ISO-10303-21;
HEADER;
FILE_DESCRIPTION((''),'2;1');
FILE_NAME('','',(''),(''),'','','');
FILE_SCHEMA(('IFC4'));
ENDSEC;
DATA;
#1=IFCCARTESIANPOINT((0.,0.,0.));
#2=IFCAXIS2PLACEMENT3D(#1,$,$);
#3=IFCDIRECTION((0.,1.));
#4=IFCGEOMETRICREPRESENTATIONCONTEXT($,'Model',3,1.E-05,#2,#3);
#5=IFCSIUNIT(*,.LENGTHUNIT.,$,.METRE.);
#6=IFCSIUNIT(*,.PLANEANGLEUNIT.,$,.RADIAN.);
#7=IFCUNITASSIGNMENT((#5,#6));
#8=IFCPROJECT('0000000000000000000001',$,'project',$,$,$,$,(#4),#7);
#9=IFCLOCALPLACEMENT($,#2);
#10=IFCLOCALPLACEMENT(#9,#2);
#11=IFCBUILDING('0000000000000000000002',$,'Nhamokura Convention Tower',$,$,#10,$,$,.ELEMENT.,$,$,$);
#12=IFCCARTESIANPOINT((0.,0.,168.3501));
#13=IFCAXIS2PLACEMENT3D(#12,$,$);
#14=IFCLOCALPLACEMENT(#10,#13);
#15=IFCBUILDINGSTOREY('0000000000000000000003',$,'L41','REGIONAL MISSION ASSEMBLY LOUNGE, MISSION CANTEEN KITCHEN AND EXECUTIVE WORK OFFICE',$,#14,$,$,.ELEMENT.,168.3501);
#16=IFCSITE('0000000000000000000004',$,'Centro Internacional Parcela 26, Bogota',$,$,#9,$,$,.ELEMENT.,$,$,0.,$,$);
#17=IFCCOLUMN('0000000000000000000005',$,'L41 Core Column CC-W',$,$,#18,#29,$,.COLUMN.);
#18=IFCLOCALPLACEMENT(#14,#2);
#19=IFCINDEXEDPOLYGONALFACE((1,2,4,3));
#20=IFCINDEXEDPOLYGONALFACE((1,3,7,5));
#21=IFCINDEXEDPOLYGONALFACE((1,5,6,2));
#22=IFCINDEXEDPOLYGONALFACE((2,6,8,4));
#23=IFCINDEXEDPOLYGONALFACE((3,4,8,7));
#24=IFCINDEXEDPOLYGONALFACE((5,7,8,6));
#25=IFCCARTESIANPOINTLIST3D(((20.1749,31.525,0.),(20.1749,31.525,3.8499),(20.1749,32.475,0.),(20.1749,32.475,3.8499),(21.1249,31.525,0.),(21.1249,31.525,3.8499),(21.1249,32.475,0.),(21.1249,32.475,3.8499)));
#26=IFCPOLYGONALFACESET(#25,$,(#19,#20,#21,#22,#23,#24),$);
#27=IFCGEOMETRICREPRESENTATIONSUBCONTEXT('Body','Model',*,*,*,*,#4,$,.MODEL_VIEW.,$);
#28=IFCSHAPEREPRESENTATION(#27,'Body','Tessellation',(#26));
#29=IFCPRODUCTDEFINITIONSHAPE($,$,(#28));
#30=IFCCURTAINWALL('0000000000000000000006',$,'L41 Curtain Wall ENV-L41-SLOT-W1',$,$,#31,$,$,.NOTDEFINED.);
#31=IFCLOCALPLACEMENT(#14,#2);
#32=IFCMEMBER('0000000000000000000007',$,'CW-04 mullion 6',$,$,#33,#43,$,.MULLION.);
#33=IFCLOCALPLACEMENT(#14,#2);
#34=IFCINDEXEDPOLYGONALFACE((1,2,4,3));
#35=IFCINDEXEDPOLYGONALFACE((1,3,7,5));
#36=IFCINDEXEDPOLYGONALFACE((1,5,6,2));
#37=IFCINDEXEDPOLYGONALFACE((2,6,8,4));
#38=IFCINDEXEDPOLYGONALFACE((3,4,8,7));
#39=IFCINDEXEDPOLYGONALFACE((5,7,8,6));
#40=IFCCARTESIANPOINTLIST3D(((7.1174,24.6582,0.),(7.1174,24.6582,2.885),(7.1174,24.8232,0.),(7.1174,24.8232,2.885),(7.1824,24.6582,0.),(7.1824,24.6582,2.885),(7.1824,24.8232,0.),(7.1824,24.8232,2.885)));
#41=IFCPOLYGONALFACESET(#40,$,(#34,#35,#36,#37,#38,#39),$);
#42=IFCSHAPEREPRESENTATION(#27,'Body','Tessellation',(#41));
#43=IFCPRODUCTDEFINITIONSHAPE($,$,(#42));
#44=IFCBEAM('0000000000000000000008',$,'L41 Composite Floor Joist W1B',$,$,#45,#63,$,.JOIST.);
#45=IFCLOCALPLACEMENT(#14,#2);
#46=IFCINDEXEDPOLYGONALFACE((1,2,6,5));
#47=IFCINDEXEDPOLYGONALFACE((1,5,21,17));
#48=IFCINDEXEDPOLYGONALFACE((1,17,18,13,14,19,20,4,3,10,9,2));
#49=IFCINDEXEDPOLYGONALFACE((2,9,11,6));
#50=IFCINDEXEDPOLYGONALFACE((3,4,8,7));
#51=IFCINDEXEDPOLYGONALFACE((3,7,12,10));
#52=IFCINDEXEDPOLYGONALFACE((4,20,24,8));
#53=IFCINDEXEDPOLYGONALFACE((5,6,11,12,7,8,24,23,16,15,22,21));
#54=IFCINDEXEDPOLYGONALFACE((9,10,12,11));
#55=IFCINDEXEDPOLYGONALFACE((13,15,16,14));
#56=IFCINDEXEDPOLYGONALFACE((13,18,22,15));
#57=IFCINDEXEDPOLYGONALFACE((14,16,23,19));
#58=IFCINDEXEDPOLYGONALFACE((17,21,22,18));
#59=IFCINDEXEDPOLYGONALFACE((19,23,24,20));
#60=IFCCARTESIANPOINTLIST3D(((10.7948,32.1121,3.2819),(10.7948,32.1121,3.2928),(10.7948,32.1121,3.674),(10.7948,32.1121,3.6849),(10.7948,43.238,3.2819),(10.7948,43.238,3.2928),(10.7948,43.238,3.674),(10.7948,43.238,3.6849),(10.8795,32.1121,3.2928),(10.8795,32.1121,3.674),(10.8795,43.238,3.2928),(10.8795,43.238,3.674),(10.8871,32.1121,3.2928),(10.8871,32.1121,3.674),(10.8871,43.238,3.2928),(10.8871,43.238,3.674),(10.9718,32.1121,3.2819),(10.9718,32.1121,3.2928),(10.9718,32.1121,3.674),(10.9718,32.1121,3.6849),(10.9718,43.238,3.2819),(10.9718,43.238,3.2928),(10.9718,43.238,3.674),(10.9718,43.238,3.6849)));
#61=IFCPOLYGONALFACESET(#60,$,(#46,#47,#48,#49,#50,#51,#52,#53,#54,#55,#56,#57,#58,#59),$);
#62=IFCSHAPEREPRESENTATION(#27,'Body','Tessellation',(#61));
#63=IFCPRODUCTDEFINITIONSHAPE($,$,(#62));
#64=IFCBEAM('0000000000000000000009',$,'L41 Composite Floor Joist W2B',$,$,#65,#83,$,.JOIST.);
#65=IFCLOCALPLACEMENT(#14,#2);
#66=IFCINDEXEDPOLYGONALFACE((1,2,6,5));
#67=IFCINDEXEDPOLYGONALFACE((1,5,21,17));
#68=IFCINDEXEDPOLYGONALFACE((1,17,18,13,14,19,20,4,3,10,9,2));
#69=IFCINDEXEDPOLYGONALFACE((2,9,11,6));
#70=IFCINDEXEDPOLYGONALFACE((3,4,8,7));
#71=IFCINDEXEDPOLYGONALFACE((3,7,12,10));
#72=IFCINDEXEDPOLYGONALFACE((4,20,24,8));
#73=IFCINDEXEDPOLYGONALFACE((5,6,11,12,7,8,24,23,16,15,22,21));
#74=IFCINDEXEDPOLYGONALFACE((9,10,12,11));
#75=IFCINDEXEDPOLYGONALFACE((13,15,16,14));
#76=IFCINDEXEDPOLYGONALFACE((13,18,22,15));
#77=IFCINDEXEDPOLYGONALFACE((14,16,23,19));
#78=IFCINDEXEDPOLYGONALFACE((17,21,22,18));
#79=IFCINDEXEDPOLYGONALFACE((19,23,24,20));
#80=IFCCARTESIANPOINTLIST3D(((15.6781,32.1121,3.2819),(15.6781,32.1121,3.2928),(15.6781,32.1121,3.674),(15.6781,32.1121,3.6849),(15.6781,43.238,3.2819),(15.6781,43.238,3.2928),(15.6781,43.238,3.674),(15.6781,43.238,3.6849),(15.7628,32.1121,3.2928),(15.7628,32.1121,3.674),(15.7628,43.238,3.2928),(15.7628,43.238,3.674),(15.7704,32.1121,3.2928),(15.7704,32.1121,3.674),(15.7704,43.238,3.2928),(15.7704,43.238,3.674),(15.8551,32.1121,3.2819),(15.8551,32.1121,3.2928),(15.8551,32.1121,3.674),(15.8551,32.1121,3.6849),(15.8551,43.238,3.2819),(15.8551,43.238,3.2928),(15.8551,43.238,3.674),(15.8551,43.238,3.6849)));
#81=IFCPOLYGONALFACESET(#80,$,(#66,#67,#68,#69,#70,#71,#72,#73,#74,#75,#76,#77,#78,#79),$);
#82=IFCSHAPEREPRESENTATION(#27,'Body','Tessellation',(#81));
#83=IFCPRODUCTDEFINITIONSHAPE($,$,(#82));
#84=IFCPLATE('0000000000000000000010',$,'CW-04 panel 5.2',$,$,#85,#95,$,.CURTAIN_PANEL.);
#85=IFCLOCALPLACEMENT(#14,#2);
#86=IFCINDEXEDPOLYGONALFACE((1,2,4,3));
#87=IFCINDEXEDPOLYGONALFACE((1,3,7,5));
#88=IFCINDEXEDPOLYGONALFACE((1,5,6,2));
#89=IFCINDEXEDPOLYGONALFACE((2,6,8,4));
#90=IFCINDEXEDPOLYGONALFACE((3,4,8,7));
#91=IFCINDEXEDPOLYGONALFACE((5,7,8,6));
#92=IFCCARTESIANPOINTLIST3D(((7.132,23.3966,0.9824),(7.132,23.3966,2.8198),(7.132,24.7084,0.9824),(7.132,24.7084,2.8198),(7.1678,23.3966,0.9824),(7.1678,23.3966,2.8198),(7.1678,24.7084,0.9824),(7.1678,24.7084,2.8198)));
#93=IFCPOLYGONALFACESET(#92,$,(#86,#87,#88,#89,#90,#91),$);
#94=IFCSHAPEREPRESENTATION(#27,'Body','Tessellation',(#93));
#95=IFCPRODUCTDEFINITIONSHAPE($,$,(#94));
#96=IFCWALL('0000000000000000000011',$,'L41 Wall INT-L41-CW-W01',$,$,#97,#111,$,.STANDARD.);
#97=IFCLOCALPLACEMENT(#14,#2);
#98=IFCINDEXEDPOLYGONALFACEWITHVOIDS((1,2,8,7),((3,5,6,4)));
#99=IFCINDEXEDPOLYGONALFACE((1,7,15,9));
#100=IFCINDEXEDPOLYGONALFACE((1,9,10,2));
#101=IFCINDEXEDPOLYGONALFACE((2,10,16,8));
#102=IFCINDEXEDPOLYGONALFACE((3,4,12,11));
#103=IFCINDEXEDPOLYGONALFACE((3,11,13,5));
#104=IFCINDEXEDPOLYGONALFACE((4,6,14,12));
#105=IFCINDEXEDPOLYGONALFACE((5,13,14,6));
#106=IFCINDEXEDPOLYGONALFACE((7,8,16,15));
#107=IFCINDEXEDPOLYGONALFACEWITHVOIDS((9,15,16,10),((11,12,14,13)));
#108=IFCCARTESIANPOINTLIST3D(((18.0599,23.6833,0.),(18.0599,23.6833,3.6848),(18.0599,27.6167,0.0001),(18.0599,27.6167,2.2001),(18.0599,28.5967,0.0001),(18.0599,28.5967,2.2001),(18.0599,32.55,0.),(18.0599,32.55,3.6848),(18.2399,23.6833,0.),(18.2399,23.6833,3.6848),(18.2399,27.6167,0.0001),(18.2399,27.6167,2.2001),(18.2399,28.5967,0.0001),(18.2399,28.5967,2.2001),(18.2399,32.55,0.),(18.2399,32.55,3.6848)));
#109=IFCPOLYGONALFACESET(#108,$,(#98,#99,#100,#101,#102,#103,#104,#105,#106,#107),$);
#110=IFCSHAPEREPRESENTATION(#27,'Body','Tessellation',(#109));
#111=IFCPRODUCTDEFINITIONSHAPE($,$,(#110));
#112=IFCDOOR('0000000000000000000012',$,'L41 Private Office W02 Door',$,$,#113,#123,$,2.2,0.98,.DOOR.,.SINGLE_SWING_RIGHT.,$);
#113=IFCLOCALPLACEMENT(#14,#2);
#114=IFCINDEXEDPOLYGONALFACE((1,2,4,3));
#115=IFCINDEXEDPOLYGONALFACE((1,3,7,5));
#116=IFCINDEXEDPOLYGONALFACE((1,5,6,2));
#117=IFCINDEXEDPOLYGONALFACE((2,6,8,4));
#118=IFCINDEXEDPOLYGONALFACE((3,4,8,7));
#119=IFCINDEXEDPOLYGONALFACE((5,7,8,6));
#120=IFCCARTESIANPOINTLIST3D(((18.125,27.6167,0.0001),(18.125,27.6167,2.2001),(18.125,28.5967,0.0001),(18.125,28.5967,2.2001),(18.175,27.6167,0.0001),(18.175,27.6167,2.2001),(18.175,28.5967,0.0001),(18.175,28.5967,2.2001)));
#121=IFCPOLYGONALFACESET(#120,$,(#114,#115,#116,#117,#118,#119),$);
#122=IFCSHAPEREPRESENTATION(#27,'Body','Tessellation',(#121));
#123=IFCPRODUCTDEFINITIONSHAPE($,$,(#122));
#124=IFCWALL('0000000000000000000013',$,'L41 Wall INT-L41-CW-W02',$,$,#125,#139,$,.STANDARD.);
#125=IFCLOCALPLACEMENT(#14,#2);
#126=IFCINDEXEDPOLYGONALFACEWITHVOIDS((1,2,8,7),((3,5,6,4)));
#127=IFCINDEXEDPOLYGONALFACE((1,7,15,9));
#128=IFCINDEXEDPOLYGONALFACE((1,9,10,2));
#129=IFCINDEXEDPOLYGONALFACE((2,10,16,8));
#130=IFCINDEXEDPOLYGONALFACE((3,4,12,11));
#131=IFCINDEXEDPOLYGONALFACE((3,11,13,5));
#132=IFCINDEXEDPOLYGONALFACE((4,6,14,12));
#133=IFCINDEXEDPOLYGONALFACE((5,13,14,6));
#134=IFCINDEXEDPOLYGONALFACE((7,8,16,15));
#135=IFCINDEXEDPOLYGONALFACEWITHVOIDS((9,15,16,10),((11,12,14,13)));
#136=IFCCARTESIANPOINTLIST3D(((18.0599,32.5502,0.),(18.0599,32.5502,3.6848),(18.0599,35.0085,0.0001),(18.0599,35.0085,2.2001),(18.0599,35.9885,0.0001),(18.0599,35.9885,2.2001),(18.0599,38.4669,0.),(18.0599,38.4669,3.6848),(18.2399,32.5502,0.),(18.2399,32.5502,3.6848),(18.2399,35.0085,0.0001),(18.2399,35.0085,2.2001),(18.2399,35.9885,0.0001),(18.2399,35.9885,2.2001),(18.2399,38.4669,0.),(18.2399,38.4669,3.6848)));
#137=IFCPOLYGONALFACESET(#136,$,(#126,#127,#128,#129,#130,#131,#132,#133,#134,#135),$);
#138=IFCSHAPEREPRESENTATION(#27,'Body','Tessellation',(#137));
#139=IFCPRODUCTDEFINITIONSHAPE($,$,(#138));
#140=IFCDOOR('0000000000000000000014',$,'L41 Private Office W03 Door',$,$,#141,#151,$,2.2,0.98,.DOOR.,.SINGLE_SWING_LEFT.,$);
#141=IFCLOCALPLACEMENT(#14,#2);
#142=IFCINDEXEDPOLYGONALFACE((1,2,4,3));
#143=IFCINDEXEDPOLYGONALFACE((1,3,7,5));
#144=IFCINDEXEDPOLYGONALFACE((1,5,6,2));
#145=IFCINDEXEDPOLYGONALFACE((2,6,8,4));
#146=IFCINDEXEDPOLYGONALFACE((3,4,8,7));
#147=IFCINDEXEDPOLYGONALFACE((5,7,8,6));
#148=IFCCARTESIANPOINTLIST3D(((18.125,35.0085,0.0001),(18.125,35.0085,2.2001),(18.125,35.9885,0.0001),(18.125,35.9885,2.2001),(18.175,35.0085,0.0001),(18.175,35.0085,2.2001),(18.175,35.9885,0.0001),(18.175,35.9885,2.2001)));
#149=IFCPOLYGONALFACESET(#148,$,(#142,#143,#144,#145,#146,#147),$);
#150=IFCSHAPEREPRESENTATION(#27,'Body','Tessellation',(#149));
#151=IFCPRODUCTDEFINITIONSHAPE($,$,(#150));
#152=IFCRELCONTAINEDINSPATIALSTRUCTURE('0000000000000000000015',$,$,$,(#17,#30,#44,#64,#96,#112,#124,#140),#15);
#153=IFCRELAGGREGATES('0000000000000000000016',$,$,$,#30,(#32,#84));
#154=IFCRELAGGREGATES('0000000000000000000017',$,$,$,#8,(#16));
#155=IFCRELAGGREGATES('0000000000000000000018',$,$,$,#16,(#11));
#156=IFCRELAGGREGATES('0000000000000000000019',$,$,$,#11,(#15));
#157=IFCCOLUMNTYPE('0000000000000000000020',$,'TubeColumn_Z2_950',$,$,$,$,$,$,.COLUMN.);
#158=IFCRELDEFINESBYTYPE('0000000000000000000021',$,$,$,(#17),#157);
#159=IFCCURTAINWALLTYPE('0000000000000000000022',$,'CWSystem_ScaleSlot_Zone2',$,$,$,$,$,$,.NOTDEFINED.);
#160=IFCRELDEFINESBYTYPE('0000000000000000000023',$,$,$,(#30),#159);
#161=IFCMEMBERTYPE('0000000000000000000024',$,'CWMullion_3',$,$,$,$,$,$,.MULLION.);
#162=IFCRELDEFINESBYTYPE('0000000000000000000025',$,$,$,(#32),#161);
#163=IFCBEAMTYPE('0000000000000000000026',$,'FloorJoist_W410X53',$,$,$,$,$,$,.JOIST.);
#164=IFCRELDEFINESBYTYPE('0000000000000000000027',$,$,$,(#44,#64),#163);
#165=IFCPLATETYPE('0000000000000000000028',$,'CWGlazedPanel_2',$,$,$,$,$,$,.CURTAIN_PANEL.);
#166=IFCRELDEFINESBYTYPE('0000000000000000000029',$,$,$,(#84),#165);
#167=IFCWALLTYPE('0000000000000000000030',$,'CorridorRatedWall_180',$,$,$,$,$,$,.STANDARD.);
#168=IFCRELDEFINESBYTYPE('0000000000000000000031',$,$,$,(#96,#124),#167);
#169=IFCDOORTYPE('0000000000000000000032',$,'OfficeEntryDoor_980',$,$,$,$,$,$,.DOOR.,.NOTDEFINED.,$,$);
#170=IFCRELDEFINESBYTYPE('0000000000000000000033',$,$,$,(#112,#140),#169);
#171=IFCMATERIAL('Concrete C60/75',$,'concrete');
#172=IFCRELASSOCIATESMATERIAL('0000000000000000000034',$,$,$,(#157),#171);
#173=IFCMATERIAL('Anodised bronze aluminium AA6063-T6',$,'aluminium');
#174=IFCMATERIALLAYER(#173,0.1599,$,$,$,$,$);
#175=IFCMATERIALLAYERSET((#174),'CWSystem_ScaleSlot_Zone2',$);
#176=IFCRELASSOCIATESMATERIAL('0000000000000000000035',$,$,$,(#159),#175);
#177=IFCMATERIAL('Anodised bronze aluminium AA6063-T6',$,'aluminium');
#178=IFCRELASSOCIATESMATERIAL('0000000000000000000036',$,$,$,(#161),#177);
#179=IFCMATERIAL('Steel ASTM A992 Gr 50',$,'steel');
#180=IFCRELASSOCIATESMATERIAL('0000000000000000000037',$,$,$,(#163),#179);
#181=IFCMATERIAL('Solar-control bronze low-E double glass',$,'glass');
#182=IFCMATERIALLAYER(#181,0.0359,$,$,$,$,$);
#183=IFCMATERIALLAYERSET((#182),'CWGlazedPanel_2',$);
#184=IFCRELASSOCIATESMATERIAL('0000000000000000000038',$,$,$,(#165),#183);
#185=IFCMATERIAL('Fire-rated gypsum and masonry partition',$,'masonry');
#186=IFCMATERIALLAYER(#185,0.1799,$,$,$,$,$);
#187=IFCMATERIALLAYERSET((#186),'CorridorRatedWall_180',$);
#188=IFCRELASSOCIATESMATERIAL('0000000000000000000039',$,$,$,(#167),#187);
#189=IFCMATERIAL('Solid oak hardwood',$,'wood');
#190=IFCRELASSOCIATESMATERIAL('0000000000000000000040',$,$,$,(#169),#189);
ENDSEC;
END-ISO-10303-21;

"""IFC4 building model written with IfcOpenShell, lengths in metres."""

from ifc_helpers import new_model, si_unit, direction, frame, frame_2d, origin, origin_2d, place, context, subcontext, project, spatial, rectangle, i_section, extrude, material, layer, layer_set, material_profile, profile_set, type_object, element, fill, aggregate, save


model = new_model("IFC4")

# Units and contexts
model_context = context("Model", 3, precision=1e-05, world=origin(), true_north=direction((0.0, 1.0)))
body_context = subcontext(model_context, "Body", "Model", "MODEL_VIEW")
ifc_project = project(units=[si_unit("LENGTHUNIT", "METRE"), si_unit("PLANEANGLEUNIT", "RADIAN")], contexts=[model_context])

# Site, building, storey
site_placement = place(None, origin())
site = spatial("IfcSite", under=ifc_project, at=site_placement, Name="Centro Internacional Parcela 26, Bogota", CompositionType="ELEMENT", RefElevation=0.0)
building_placement = place(site_placement, origin())
building = spatial("IfcBuilding", under=site, at=building_placement, Name="Nhamokura Convention Tower", CompositionType="ELEMENT")
storey_placement = place(building_placement, frame((0.0, 0.0, 168.3501)))
storey = spatial("IfcBuildingStorey", under=building, at=storey_placement, Name="L41", Description="REGIONAL MISSION ASSEMBLY LOUNGE, MISSION CANTEEN KITCHEN AND EXECUTIVE WORK OFFICE", CompositionType="ELEMENT", Elevation=168.3501)

# Column
ifc_material_1 = material(Name="Concrete C60/75", Category="concrete")
ifc_material_profile_1 = material_profile(ifc_material_1, rectangle(XDim=0.95, YDim=0.95, at=origin_2d()))
ifc_profile_set_1 = profile_set([ifc_material_profile_1], Name="Concrete C60/75")
column_type = type_object("IfcColumnType", Name="TubeColumn_Z2_950", PredefinedType="COLUMN", material=ifc_profile_set_1)
column_placement = place(storey_placement, frame((20.6499, 32.0, 0.0), z_axis=(0.0, 0.0, 1.0), x_axis=(1.0, 0.0, 0.0)))
element("IfcColumn", 1, at=column_placement, inside=storey, type_object=column_type, Name="L41 Core Column CC-W", PredefinedType="COLUMN", context=body_context, shape_type="SweptSolid", body=[
    extrude(rectangle(XDim=0.95, YDim=0.95, at=origin_2d()), origin(), (0.0, 0.0, 1.0), 3.8499),
])

# Curtain wall, member
ifc_material_2 = material(Name="Anodised bronze aluminium AA6063-T6", Category="aluminium")
ifc_layer_1 = layer(ifc_material_2, 0.1599)
ifc_layer_set_1 = layer_set([ifc_layer_1], Name="CWSystem_ScaleSlot_Zone2")
curtain_wall_type = type_object("IfcCurtainWallType", Name="CWSystem_ScaleSlot_Zone2", PredefinedType="NOTDEFINED", material=ifc_layer_set_1)
curtain_wall_placement = place(storey_placement, origin())
curtain_wall = element("IfcCurtainWall", 2, at=curtain_wall_placement, inside=storey, type_object=curtain_wall_type, Name="L41 Curtain Wall ENV-L41-SLOT-W1", PredefinedType="NOTDEFINED")
ifc_material_3 = material(Name="Anodised bronze aluminium AA6063-T6", Category="aluminium")
ifc_material_profile_2 = material_profile(ifc_material_3, rectangle(XDim=0.0649, YDim=0.165, at=origin_2d()))
ifc_profile_set_2 = profile_set([ifc_material_profile_2], Name="Anodised bronze aluminium AA6063-T6")
member_type = type_object("IfcMemberType", Name="CWMullion_3", PredefinedType="MULLION", material=ifc_profile_set_2)
member_placement = place(storey_placement, frame((7.1499, 24.7407, 0.0), z_axis=(0.0, 0.0, 1.0), x_axis=(-1.0, 0.0, 0.0)))
member = element("IfcMember", 3, at=member_placement, type_object=member_type, Name="CW-04 mullion 6", PredefinedType="MULLION", context=body_context, shape_type="SweptSolid", body=[
    extrude(rectangle(XDim=0.0649, YDim=0.165, at=origin_2d()), origin(), (0.0, 0.0, 1.0), 2.885),
])

# Beams
ifc_material_4 = material(Name="Steel ASTM A992 Gr 50", Category="steel")
ifc_material_profile_3 = material_profile(ifc_material_4, i_section(OverallWidth=0.177, OverallDepth=0.4031, WebThickness=0.0076, FlangeThickness=0.011, at=origin_2d()))
ifc_profile_set_3 = profile_set([ifc_material_profile_3], Name="Steel ASTM A992 Gr 50")
beam_type = type_object("IfcBeamType", Name="FloorJoist_W410X53", PredefinedType="JOIST", material=ifc_profile_set_3)
for number, where, z_axis, x_axis, name in (
    (4, (10.8833, 32.1121, 3.4834), (0.0, 1.0, 0.0), (-1.0, 0.0, 0.0), "L41 Composite Floor Joist W1B"),
    (5, (15.7666, 32.1121, 3.4834), (0.0, 1.0, 0.0), (-1.0, 0.0, 0.0), "L41 Composite Floor Joist W2B"),
):
    element("IfcBeam", number, at=place(storey_placement, frame(where, z_axis=z_axis, x_axis=x_axis)), inside=storey, type_object=beam_type, Name=name, PredefinedType="JOIST", context=body_context, shape_type="SweptSolid", body=[
        extrude(i_section(OverallWidth=0.177, OverallDepth=0.4031, WebThickness=0.0076, FlangeThickness=0.011, at=origin_2d()), origin(), (0.0, 0.0, 1.0), 11.126),
    ])

# Plate
ifc_material_5 = material(Name="Solar-control bronze low-E double glass", Category="glass")
ifc_layer_2 = layer(ifc_material_5, 0.0359)
ifc_layer_set_2 = layer_set([ifc_layer_2], Name="CWGlazedPanel_2")
plate_type = type_object("IfcPlateType", Name="CWGlazedPanel_2", PredefinedType="CURTAIN_PANEL", material=ifc_layer_set_2)
plate_placement = place(storey_placement, frame((7.1499, 24.0525, 0.9824), z_axis=(0.0, 0.0, 1.0), x_axis=(0.0, 1.0, 0.0)))
plate = element("IfcPlate", 6, at=plate_placement, type_object=plate_type, Name="CW-04 panel 5.2", PredefinedType="CURTAIN_PANEL", context=body_context, shape_type="SweptSolid", body=[
    extrude(rectangle(XDim=1.3118, YDim=0.0359, at=origin_2d()), origin(), (0.0, 0.0, 1.0), 1.8374),
])
aggregate(curtain_wall, [member, plate])

# Walls, openings, doors
ifc_material_6 = material(Name="Fire-rated gypsum and masonry partition", Category="masonry")
ifc_layer_3 = layer(ifc_material_6, 0.1799)
ifc_layer_set_3 = layer_set([ifc_layer_3], Name="CorridorRatedWall_180")
wall_type_1 = type_object("IfcWallType", Name="CorridorRatedWall_180", PredefinedType="STANDARD", material=ifc_layer_set_3)
wall_1_placement = place(storey_placement, frame((18.1499, 23.6833, 0.0), z_axis=(0.0, 0.0, 1.0), x_axis=(0.0, 1.0, 0.0)))
wall_1 = element("IfcWall", 7, at=wall_1_placement, inside=storey, type_object=wall_type_1, Name="L41 Wall INT-L41-CW-W01", PredefinedType="STANDARD", context=body_context, shape_type="SweptSolid", body=[
    extrude(rectangle(XDim=8.8667, YDim=0.1799, at=frame_2d((4.4333, 0.0))), origin(), (0.0, 0.0, 1.0), 3.6848),
])
opening_1_placement = place(wall_1_placement, frame((3.9333, 0.0, 0.0)))
opening_1 = element("IfcOpeningElement", 8, at=opening_1_placement, cuts=wall_1, PredefinedType="OPENING", context=body_context, shape_type="SweptSolid", body=[
    extrude(rectangle(XDim=0.98, YDim=2.2, at=frame_2d((0.49, 1.1001))), frame((0.0, 0.0999, 0.0), z_axis=(0.0, -1.0, 0.0), x_axis=(1.0, 0.0, 0.0)), (0.0, 0.0, 1.0), 0.2),
])
ifc_material_7 = material(Name="Solid oak hardwood", Category="wood")
door_type_1 = type_object("IfcDoorType", Name="OfficeEntryDoor_980", OperationType="NOTDEFINED", PredefinedType="DOOR", material=ifc_material_7)
door_1_placement = place(opening_1_placement, origin())
door_1 = element("IfcDoor", 9, at=door_1_placement, inside=storey, type_object=door_type_1, Name="L41 Private Office W02 Door", OperationType="SINGLE_SWING_RIGHT", OverallHeight=2.2, OverallWidth=0.98, PredefinedType="DOOR", context=body_context, shape_type="SweptSolid", body=[
    extrude(rectangle(XDim=0.98, YDim=2.2, at=frame_2d((0.49, 1.1001))), frame((0.0, 0.0249, 0.0), z_axis=(0.0, -1.0, 0.0), x_axis=(1.0, 0.0, 0.0)), (0.0, 0.0, 1.0), 0.05),
])
fill(opening_1, door_1)
wall_2_placement = place(storey_placement, frame((18.1499, 32.55, 0.0), z_axis=(0.0, 0.0, 1.0), x_axis=(0.0, 1.0, 0.0)))
wall_2 = element("IfcWall", 10, at=wall_2_placement, inside=storey, type_object=wall_type_1, Name="L41 Wall INT-L41-CW-W02", PredefinedType="STANDARD", context=body_context, shape_type="SweptSolid", body=[
    extrude(rectangle(XDim=5.9167, YDim=0.1799, at=frame_2d((2.9585, 0.0))), origin(), (0.0, 0.0, 1.0), 3.6848),
])
opening_2_placement = place(wall_2_placement, frame((2.4585, 0.0, 0.0)))
opening_2 = element("IfcOpeningElement", 11, at=opening_2_placement, cuts=wall_2, PredefinedType="OPENING", context=body_context, shape_type="SweptSolid", body=[
    extrude(rectangle(XDim=0.98, YDim=2.2, at=frame_2d((0.49, 1.1001))), frame((0.0, 0.0999, 0.0), z_axis=(0.0, -1.0, 0.0), x_axis=(1.0, 0.0, 0.0)), (0.0, 0.0, 1.0), 0.2),
])
door_2_placement = place(opening_2_placement, origin())
door_2 = element("IfcDoor", 12, at=door_2_placement, inside=storey, type_object=door_type_1, Name="L41 Private Office W03 Door", OperationType="SINGLE_SWING_LEFT", OverallHeight=2.2, OverallWidth=0.98, PredefinedType="DOOR", context=body_context, shape_type="SweptSolid", body=[
    extrude(rectangle(XDim=0.98, YDim=2.2, at=frame_2d((0.49, 1.1001))), frame((0.0, 0.0249, 0.0), z_axis=(0.0, -1.0, 0.0), x_axis=(1.0, 0.0, 0.0)), (0.0, 0.0, 1.0), 0.05),
])
fill(opening_2, door_2)

save(model, "model.ifc")
